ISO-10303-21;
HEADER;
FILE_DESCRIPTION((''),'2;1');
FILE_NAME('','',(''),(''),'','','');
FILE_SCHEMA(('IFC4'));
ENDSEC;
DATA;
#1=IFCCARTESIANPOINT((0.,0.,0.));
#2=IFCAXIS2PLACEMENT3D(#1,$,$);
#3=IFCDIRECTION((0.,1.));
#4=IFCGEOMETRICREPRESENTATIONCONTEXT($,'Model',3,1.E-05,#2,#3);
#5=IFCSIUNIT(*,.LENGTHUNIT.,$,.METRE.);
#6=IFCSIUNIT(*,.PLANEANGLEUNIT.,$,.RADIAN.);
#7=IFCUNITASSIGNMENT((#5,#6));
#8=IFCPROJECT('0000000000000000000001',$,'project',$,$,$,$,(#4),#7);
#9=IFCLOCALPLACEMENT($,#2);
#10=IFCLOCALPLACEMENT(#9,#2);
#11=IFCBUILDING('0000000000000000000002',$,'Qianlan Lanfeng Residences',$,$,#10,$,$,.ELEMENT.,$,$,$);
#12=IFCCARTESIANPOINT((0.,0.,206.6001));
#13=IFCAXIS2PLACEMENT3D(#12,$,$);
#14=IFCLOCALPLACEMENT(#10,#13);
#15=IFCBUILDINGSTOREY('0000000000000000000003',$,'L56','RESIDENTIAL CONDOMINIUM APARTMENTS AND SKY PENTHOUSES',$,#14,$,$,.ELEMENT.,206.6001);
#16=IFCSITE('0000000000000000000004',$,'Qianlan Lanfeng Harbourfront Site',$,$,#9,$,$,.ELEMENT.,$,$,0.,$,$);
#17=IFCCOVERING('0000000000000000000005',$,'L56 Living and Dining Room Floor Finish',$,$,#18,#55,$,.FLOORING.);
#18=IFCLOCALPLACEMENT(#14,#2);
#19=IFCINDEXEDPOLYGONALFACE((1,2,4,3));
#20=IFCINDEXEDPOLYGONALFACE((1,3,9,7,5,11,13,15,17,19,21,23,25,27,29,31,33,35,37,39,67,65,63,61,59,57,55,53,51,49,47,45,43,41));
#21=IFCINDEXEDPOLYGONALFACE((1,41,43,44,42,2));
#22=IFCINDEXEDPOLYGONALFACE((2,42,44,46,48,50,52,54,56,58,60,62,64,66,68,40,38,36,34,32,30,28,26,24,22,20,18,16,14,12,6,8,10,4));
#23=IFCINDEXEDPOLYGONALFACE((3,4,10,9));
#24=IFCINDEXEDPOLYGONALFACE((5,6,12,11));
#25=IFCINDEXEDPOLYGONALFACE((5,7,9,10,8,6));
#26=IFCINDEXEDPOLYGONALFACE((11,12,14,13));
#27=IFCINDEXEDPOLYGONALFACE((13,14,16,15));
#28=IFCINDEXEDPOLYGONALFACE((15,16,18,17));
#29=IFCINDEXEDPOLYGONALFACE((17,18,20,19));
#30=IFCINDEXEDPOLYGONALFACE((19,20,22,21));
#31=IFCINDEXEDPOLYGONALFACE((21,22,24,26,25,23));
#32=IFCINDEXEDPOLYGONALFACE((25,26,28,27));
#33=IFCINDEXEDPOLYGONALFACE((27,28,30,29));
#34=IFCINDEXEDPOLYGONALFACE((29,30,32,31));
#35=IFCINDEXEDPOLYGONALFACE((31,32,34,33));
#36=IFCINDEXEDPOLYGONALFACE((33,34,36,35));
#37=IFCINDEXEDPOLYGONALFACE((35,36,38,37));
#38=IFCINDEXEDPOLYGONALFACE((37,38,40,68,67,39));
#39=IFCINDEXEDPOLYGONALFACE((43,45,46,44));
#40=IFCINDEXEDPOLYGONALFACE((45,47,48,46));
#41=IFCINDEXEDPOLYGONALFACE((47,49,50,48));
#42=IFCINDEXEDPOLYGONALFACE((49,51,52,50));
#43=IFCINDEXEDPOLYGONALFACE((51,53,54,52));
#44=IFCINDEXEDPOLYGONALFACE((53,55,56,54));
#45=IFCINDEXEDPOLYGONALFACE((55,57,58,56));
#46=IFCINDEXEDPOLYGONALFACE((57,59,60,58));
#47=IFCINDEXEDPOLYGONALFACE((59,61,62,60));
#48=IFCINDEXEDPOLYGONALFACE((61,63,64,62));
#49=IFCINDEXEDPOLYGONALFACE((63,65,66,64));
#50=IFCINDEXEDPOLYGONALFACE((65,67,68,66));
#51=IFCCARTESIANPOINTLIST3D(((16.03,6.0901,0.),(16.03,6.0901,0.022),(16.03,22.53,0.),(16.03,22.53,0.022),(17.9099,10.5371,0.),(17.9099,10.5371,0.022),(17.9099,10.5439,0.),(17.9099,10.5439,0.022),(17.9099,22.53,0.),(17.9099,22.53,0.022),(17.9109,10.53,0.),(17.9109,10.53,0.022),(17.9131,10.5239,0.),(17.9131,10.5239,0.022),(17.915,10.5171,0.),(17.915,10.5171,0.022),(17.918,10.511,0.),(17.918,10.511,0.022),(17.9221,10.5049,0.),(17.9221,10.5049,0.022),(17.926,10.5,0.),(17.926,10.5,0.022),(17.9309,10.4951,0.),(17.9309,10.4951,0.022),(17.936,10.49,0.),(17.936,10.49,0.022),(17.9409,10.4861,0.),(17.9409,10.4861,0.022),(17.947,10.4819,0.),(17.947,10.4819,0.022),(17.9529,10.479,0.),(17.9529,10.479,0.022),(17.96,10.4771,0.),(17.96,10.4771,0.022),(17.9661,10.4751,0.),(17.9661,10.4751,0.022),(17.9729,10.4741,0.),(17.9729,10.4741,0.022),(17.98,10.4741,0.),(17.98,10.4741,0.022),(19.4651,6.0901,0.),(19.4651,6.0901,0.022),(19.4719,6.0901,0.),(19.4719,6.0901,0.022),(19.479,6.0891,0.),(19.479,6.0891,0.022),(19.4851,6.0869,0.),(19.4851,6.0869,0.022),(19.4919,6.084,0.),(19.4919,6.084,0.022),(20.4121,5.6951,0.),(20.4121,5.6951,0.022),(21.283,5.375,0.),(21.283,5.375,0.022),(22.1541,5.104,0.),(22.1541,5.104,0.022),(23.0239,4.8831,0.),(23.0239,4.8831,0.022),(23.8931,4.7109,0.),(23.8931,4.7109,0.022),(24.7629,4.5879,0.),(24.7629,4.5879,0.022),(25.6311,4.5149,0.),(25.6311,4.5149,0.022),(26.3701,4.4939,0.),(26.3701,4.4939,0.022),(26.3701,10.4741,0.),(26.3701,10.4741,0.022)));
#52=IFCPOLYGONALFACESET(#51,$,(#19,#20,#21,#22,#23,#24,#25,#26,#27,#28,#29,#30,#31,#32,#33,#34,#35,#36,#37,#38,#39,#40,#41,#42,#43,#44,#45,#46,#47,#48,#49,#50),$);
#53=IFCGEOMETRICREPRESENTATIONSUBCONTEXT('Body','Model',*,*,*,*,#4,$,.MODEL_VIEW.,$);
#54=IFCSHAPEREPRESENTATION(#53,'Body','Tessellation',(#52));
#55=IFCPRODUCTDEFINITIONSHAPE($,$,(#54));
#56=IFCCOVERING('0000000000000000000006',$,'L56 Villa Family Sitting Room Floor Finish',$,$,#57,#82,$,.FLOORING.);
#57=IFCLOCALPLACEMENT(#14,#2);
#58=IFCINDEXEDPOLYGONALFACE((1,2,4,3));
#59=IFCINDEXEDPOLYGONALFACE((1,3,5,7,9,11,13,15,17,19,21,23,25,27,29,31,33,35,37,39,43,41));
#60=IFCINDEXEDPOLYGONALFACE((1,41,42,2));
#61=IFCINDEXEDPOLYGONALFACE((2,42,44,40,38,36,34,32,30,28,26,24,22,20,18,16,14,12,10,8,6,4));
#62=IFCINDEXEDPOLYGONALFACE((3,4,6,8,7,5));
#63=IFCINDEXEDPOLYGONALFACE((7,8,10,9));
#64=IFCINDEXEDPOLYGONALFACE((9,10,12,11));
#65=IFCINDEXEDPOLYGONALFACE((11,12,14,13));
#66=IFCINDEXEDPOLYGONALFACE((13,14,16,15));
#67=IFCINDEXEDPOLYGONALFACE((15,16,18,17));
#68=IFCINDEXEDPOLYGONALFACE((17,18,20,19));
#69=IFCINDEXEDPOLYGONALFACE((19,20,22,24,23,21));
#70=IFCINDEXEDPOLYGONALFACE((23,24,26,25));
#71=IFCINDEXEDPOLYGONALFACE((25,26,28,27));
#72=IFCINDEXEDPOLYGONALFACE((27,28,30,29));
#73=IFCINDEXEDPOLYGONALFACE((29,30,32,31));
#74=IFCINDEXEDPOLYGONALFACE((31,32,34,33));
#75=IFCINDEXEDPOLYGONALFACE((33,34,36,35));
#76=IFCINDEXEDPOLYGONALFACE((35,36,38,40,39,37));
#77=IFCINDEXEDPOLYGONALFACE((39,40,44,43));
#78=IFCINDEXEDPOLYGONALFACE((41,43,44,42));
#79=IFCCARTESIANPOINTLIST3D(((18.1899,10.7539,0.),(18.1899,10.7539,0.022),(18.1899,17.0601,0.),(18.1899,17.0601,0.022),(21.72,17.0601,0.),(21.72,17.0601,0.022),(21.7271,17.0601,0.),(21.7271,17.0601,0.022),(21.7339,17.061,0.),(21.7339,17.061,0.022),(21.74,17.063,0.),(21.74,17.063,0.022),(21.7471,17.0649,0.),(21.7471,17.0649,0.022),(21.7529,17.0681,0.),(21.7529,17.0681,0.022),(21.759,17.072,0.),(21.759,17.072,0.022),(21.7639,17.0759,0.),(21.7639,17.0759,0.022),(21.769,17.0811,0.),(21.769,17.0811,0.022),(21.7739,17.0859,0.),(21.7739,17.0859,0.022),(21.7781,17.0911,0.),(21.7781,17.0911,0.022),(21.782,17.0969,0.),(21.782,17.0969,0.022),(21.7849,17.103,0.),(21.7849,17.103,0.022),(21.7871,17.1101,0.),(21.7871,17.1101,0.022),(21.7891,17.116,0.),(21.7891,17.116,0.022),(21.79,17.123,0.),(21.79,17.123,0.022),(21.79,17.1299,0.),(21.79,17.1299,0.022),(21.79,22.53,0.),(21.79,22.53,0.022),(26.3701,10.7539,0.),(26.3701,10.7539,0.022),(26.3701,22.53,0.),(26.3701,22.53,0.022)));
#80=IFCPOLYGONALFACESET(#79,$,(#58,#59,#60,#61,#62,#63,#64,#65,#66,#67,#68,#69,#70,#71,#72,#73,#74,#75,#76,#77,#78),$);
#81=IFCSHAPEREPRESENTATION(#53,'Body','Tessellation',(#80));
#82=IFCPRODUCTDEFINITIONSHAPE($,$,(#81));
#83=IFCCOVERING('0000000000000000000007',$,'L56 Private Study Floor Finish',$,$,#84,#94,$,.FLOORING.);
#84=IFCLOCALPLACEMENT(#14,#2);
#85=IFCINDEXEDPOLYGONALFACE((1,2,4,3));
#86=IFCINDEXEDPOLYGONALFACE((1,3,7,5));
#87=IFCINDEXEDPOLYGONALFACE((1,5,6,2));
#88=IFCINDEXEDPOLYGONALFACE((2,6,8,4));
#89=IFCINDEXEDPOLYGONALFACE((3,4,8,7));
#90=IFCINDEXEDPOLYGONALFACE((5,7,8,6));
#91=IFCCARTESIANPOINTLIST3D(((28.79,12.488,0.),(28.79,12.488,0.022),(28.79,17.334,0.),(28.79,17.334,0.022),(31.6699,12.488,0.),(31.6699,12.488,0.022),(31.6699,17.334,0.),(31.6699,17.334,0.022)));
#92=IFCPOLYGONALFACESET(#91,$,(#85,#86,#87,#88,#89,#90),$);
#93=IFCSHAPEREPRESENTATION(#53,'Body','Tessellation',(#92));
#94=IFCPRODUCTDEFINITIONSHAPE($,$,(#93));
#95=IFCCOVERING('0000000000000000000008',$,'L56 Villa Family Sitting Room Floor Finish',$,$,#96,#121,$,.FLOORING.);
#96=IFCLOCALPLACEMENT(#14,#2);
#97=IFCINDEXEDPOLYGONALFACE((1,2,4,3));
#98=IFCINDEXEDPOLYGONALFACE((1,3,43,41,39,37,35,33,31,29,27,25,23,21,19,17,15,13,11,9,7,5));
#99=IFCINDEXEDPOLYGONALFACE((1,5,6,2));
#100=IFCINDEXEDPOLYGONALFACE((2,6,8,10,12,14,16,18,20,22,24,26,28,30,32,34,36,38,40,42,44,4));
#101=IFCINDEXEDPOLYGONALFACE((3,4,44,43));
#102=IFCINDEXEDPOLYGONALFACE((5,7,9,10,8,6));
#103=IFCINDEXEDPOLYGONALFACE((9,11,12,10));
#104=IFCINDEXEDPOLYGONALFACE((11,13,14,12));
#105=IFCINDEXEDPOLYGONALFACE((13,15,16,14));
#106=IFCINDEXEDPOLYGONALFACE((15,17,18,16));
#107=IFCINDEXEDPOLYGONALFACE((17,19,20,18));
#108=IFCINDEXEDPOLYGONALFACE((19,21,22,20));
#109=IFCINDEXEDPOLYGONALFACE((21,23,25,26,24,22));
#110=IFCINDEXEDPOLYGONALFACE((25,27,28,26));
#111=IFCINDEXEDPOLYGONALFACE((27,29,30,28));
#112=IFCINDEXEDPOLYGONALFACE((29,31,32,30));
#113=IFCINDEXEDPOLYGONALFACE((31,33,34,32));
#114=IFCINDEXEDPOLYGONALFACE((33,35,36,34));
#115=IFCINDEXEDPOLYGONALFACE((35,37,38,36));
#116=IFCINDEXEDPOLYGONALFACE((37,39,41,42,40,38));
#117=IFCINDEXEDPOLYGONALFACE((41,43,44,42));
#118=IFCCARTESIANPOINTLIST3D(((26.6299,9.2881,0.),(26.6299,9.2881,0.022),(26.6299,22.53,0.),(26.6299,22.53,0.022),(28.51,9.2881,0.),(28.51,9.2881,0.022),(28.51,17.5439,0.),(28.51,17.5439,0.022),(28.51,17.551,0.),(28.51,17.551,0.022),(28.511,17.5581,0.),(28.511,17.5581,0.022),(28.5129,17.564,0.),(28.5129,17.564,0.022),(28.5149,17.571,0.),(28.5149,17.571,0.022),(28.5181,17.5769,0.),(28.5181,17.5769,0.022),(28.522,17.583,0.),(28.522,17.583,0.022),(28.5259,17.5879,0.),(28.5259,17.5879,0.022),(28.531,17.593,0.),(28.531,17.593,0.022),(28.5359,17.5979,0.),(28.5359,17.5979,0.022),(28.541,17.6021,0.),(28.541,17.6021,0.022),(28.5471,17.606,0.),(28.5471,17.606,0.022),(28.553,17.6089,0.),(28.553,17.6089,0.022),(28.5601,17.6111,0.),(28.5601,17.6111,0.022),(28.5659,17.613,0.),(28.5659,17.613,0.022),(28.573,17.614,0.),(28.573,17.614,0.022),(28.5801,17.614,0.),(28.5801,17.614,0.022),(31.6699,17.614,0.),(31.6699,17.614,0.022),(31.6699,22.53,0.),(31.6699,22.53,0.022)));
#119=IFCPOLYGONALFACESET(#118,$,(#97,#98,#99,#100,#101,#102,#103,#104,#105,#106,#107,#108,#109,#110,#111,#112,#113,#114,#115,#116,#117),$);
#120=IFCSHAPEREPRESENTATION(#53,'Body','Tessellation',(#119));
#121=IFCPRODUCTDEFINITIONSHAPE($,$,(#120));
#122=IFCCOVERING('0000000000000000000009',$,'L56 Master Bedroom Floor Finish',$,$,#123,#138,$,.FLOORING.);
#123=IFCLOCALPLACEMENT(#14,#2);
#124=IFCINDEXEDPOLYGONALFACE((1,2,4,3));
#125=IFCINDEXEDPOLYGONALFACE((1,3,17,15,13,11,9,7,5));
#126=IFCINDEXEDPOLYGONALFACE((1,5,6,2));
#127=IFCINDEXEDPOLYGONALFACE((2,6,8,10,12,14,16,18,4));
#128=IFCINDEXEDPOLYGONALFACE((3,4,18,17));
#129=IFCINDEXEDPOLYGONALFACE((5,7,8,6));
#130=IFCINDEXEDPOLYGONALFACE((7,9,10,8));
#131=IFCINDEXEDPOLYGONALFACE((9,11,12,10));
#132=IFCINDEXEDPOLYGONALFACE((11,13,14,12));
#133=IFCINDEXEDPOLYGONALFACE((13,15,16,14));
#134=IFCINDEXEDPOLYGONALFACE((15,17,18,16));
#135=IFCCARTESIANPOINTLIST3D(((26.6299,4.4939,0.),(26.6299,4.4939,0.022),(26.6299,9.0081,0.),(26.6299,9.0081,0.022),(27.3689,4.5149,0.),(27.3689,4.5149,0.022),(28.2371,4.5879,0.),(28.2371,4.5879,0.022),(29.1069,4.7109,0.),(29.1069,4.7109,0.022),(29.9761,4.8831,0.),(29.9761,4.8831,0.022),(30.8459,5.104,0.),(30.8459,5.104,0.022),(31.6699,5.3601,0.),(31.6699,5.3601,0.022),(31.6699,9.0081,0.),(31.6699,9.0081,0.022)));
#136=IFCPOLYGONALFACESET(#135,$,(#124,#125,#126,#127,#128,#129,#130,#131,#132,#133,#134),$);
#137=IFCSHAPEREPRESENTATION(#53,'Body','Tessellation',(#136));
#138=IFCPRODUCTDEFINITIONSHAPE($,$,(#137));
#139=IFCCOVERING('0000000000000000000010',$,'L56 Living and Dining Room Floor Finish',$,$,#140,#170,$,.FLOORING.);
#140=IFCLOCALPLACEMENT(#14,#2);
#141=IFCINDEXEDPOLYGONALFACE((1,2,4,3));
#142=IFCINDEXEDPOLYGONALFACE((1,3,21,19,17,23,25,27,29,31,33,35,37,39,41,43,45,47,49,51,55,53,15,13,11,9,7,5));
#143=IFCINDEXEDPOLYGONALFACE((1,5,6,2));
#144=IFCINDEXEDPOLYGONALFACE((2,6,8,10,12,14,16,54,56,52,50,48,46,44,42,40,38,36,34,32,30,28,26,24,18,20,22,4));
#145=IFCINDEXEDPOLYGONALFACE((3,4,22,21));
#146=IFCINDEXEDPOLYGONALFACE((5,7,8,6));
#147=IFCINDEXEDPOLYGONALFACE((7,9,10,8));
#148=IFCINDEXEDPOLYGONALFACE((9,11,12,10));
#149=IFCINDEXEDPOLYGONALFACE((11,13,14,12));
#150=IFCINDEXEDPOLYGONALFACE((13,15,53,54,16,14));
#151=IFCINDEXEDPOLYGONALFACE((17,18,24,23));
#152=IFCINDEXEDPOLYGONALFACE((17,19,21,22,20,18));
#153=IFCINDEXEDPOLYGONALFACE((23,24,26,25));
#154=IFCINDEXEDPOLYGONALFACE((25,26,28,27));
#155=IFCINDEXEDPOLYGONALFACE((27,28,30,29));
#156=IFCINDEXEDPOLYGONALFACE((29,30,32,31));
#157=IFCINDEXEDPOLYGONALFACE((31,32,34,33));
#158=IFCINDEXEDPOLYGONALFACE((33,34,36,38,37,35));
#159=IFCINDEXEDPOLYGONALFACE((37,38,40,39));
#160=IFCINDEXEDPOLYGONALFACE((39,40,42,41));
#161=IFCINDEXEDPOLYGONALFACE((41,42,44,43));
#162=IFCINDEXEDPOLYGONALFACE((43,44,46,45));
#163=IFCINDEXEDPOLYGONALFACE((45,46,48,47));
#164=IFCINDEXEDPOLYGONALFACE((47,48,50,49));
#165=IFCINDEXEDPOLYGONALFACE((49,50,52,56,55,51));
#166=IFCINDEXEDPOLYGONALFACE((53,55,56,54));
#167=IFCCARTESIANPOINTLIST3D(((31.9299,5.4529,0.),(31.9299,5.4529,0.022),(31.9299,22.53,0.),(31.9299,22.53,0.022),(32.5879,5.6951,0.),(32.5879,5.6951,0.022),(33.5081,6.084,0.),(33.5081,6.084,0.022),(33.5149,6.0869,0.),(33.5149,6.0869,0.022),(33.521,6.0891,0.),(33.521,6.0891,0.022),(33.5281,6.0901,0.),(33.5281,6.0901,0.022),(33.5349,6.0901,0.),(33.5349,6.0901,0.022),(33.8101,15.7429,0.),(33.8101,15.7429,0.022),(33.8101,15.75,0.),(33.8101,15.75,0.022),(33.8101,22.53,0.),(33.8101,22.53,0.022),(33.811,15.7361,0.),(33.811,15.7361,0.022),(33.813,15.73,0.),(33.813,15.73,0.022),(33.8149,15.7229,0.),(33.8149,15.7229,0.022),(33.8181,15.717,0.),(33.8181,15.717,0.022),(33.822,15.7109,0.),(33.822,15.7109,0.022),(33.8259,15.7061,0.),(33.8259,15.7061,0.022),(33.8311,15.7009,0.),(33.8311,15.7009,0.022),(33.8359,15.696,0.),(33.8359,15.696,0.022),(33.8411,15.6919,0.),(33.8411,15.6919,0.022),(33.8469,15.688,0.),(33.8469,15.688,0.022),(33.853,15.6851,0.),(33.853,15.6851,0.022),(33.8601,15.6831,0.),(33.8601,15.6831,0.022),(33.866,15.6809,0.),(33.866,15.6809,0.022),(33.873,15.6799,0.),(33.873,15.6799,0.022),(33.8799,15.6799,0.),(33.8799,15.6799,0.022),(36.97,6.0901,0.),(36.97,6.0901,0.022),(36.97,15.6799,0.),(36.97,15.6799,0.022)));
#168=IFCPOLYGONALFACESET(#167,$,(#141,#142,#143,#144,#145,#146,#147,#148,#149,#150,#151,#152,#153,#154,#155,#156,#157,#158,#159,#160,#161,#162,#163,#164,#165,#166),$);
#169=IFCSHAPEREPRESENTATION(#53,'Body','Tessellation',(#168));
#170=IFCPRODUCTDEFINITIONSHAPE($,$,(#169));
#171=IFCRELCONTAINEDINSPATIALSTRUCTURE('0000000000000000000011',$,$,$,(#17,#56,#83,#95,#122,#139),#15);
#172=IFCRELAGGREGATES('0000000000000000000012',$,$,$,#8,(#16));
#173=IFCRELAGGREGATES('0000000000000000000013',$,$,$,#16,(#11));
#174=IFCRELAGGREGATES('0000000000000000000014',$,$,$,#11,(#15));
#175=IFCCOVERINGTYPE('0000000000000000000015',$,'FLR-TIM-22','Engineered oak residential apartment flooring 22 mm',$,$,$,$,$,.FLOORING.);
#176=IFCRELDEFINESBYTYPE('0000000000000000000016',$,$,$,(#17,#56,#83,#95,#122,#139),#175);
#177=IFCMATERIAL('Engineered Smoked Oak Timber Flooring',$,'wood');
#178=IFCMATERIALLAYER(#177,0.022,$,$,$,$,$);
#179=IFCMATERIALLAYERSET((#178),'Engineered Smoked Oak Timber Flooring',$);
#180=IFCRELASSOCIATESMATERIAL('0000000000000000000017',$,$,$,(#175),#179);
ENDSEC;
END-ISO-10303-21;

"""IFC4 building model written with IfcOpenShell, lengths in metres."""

from ifc_helpers import new_model, si_unit, direction, frame, origin, place, context, subcontext, project, spatial, polyline, outline, extrude, material, layer, layer_set, type_object, element, save


model = new_model("IFC4")

# Units and contexts
model_context = context("Model", 3, precision=1e-05, world=origin(), true_north=direction((0.0, 1.0)))
body_context = subcontext(model_context, "Body", "Model", "MODEL_VIEW")
ifc_project = project(units=[si_unit("LENGTHUNIT", "METRE"), si_unit("PLANEANGLEUNIT", "RADIAN")], contexts=[model_context])

# Site, building, storey
site_placement = place(None, origin())
site = spatial("IfcSite", under=ifc_project, at=site_placement, Name="Qianlan Lanfeng Harbourfront Site", CompositionType="ELEMENT", RefElevation=0.0)
building_placement = place(site_placement, origin())
building = spatial("IfcBuilding", under=site, at=building_placement, Name="Qianlan Lanfeng Residences", CompositionType="ELEMENT")
storey_placement = place(building_placement, frame((0.0, 0.0, 206.6001)))
storey = spatial("IfcBuildingStorey", under=building, at=storey_placement, Name="L56", Description="RESIDENTIAL CONDOMINIUM APARTMENTS AND SKY PENTHOUSES", CompositionType="ELEMENT", Elevation=206.6001)

# Coverings
ifc_material_1 = material(Name="Engineered Smoked Oak Timber Flooring", Category="wood")
ifc_layer_1 = layer(ifc_material_1, 0.022)
ifc_layer_set_1 = layer_set([ifc_layer_1], Name="Engineered Smoked Oak Timber Flooring")
covering_type_1 = type_object("IfcCoveringType", Name="FLR-TIM-22", Description="Engineered oak residential apartment flooring 22 mm", PredefinedType="FLOORING", material=ifc_layer_set_1)
covering_1_placement = place(storey_placement, origin())
element("IfcCovering", 1, at=covering_1_placement, inside=storey, type_object=covering_type_1, Name="L56 Living and Dining Room Floor Finish", PredefinedType="FLOORING", context=body_context, shape_type="SweptSolid", body=[
    extrude(outline(polyline([(26.3701, 4.4939), (26.3701, 10.4741), (17.98, 10.4741), (17.9729, 10.4741), (17.9661, 10.4751), (17.96, 10.4771), (17.9529, 10.479), (17.947, 10.4819), (17.9409, 10.4861), (17.936, 10.49), (17.9309, 10.4951), (17.926, 10.5), (17.9221, 10.5049), (17.918, 10.511), (17.915, 10.5171), (17.9131, 10.5239), (17.9109, 10.53), (17.9099, 10.5371), (17.9099, 10.5439), (17.9099, 22.53), (16.03, 22.53), (16.03, 6.0901), (19.4651, 6.0901), (19.4719, 6.0901), (19.479, 6.0891), (19.4851, 6.0869), (19.4919, 6.084), (20.4121, 5.6951), (21.283, 5.375), (22.1541, 5.104), (23.0239, 4.8831), (23.8931, 4.7109), (24.7629, 4.5879), (25.6311, 4.5149), (26.3701, 4.4939)])), origin(), (0.0, 0.0, 1.0), 0.022),
])
covering_2_placement = place(storey_placement, origin())
element("IfcCovering", 2, at=covering_2_placement, inside=storey, type_object=covering_type_1, Name="L56 Villa Family Sitting Room Floor Finish", PredefinedType="FLOORING", context=body_context, shape_type="SweptSolid", body=[
    extrude(outline(polyline([(18.1899, 10.7539), (26.3701, 10.7539), (26.3701, 22.53), (21.79, 22.53), (21.79, 17.1299), (21.79, 17.123), (21.7891, 17.116), (21.7871, 17.1101), (21.7849, 17.103), (21.782, 17.0969), (21.7781, 17.0911), (21.7739, 17.0859), (21.769, 17.0811), (21.7639, 17.0759), (21.759, 17.072), (21.7529, 17.0681), (21.7471, 17.0649), (21.74, 17.063), (21.7339, 17.061), (21.7271, 17.0601), (21.72, 17.0601), (18.1899, 17.0601), (18.1899, 10.7539)])), origin(), (0.0, 0.0, 1.0), 0.022),
])
covering_3_placement = place(storey_placement, origin())
element("IfcCovering", 3, at=covering_3_placement, inside=storey, type_object=covering_type_1, Name="L56 Private Study Floor Finish", PredefinedType="FLOORING", context=body_context, shape_type="SweptSolid", body=[
    extrude(outline(polyline([(28.79, 12.488), (31.6699, 12.488), (31.6699, 17.334), (28.79, 17.334), (28.79, 12.488)])), origin(), (0.0, 0.0, 1.0), 0.022),
])
covering_4_placement = place(storey_placement, origin())
element("IfcCovering", 4, at=covering_4_placement, inside=storey, type_object=covering_type_1, Name="L56 Villa Family Sitting Room Floor Finish", PredefinedType="FLOORING", context=body_context, shape_type="SweptSolid", body=[
    extrude(outline(polyline([(26.6299, 9.2881), (28.51, 9.2881), (28.51, 17.5439), (28.51, 17.551), (28.511, 17.5581), (28.5129, 17.564), (28.5149, 17.571), (28.5181, 17.5769), (28.522, 17.583), (28.5259, 17.5879), (28.531, 17.593), (28.5359, 17.5979), (28.541, 17.6021), (28.5471, 17.606), (28.553, 17.6089), (28.5601, 17.6111), (28.5659, 17.613), (28.573, 17.614), (28.5801, 17.614), (31.6699, 17.614), (31.6699, 22.53), (26.6299, 22.53), (26.6299, 9.2881)])), origin(), (0.0, 0.0, 1.0), 0.022),
])
covering_5_placement = place(storey_placement, origin())
element("IfcCovering", 5, at=covering_5_placement, inside=storey, type_object=covering_type_1, Name="L56 Master Bedroom Floor Finish", PredefinedType="FLOORING", context=body_context, shape_type="SweptSolid", body=[
    extrude(outline(polyline([(26.6299, 9.0081), (26.6299, 4.4939), (27.3689, 4.5149), (28.2371, 4.5879), (29.1069, 4.7109), (29.9761, 4.8831), (30.8459, 5.104), (31.6699, 5.3601), (31.6699, 9.0081), (26.6299, 9.0081)])), origin(), (0.0, 0.0, 1.0), 0.022),
])
covering_6_placement = place(storey_placement, origin())
element("IfcCovering", 6, at=covering_6_placement, inside=storey, type_object=covering_type_1, Name="L56 Living and Dining Room Floor Finish", PredefinedType="FLOORING", context=body_context, shape_type="SweptSolid", body=[
    extrude(outline(polyline([(36.97, 6.0901), (36.97, 15.6799), (33.8799, 15.6799), (33.873, 15.6799), (33.866, 15.6809), (33.8601, 15.6831), (33.853, 15.6851), (33.8469, 15.688), (33.8411, 15.6919), (33.8359, 15.696), (33.8311, 15.7009), (33.8259, 15.7061), (33.822, 15.7109), (33.8181, 15.717), (33.8149, 15.7229), (33.813, 15.73), (33.811, 15.7361), (33.8101, 15.7429), (33.8101, 15.75), (33.8101, 22.53), (31.9299, 22.53), (31.9299, 5.4529), (32.5879, 5.6951), (33.5081, 6.084), (33.5149, 6.0869), (33.521, 6.0891), (33.5281, 6.0901), (33.5349, 6.0901), (36.97, 6.0901)])), origin(), (0.0, 0.0, 1.0), 0.022),
])

save(model, "model.ifc")
